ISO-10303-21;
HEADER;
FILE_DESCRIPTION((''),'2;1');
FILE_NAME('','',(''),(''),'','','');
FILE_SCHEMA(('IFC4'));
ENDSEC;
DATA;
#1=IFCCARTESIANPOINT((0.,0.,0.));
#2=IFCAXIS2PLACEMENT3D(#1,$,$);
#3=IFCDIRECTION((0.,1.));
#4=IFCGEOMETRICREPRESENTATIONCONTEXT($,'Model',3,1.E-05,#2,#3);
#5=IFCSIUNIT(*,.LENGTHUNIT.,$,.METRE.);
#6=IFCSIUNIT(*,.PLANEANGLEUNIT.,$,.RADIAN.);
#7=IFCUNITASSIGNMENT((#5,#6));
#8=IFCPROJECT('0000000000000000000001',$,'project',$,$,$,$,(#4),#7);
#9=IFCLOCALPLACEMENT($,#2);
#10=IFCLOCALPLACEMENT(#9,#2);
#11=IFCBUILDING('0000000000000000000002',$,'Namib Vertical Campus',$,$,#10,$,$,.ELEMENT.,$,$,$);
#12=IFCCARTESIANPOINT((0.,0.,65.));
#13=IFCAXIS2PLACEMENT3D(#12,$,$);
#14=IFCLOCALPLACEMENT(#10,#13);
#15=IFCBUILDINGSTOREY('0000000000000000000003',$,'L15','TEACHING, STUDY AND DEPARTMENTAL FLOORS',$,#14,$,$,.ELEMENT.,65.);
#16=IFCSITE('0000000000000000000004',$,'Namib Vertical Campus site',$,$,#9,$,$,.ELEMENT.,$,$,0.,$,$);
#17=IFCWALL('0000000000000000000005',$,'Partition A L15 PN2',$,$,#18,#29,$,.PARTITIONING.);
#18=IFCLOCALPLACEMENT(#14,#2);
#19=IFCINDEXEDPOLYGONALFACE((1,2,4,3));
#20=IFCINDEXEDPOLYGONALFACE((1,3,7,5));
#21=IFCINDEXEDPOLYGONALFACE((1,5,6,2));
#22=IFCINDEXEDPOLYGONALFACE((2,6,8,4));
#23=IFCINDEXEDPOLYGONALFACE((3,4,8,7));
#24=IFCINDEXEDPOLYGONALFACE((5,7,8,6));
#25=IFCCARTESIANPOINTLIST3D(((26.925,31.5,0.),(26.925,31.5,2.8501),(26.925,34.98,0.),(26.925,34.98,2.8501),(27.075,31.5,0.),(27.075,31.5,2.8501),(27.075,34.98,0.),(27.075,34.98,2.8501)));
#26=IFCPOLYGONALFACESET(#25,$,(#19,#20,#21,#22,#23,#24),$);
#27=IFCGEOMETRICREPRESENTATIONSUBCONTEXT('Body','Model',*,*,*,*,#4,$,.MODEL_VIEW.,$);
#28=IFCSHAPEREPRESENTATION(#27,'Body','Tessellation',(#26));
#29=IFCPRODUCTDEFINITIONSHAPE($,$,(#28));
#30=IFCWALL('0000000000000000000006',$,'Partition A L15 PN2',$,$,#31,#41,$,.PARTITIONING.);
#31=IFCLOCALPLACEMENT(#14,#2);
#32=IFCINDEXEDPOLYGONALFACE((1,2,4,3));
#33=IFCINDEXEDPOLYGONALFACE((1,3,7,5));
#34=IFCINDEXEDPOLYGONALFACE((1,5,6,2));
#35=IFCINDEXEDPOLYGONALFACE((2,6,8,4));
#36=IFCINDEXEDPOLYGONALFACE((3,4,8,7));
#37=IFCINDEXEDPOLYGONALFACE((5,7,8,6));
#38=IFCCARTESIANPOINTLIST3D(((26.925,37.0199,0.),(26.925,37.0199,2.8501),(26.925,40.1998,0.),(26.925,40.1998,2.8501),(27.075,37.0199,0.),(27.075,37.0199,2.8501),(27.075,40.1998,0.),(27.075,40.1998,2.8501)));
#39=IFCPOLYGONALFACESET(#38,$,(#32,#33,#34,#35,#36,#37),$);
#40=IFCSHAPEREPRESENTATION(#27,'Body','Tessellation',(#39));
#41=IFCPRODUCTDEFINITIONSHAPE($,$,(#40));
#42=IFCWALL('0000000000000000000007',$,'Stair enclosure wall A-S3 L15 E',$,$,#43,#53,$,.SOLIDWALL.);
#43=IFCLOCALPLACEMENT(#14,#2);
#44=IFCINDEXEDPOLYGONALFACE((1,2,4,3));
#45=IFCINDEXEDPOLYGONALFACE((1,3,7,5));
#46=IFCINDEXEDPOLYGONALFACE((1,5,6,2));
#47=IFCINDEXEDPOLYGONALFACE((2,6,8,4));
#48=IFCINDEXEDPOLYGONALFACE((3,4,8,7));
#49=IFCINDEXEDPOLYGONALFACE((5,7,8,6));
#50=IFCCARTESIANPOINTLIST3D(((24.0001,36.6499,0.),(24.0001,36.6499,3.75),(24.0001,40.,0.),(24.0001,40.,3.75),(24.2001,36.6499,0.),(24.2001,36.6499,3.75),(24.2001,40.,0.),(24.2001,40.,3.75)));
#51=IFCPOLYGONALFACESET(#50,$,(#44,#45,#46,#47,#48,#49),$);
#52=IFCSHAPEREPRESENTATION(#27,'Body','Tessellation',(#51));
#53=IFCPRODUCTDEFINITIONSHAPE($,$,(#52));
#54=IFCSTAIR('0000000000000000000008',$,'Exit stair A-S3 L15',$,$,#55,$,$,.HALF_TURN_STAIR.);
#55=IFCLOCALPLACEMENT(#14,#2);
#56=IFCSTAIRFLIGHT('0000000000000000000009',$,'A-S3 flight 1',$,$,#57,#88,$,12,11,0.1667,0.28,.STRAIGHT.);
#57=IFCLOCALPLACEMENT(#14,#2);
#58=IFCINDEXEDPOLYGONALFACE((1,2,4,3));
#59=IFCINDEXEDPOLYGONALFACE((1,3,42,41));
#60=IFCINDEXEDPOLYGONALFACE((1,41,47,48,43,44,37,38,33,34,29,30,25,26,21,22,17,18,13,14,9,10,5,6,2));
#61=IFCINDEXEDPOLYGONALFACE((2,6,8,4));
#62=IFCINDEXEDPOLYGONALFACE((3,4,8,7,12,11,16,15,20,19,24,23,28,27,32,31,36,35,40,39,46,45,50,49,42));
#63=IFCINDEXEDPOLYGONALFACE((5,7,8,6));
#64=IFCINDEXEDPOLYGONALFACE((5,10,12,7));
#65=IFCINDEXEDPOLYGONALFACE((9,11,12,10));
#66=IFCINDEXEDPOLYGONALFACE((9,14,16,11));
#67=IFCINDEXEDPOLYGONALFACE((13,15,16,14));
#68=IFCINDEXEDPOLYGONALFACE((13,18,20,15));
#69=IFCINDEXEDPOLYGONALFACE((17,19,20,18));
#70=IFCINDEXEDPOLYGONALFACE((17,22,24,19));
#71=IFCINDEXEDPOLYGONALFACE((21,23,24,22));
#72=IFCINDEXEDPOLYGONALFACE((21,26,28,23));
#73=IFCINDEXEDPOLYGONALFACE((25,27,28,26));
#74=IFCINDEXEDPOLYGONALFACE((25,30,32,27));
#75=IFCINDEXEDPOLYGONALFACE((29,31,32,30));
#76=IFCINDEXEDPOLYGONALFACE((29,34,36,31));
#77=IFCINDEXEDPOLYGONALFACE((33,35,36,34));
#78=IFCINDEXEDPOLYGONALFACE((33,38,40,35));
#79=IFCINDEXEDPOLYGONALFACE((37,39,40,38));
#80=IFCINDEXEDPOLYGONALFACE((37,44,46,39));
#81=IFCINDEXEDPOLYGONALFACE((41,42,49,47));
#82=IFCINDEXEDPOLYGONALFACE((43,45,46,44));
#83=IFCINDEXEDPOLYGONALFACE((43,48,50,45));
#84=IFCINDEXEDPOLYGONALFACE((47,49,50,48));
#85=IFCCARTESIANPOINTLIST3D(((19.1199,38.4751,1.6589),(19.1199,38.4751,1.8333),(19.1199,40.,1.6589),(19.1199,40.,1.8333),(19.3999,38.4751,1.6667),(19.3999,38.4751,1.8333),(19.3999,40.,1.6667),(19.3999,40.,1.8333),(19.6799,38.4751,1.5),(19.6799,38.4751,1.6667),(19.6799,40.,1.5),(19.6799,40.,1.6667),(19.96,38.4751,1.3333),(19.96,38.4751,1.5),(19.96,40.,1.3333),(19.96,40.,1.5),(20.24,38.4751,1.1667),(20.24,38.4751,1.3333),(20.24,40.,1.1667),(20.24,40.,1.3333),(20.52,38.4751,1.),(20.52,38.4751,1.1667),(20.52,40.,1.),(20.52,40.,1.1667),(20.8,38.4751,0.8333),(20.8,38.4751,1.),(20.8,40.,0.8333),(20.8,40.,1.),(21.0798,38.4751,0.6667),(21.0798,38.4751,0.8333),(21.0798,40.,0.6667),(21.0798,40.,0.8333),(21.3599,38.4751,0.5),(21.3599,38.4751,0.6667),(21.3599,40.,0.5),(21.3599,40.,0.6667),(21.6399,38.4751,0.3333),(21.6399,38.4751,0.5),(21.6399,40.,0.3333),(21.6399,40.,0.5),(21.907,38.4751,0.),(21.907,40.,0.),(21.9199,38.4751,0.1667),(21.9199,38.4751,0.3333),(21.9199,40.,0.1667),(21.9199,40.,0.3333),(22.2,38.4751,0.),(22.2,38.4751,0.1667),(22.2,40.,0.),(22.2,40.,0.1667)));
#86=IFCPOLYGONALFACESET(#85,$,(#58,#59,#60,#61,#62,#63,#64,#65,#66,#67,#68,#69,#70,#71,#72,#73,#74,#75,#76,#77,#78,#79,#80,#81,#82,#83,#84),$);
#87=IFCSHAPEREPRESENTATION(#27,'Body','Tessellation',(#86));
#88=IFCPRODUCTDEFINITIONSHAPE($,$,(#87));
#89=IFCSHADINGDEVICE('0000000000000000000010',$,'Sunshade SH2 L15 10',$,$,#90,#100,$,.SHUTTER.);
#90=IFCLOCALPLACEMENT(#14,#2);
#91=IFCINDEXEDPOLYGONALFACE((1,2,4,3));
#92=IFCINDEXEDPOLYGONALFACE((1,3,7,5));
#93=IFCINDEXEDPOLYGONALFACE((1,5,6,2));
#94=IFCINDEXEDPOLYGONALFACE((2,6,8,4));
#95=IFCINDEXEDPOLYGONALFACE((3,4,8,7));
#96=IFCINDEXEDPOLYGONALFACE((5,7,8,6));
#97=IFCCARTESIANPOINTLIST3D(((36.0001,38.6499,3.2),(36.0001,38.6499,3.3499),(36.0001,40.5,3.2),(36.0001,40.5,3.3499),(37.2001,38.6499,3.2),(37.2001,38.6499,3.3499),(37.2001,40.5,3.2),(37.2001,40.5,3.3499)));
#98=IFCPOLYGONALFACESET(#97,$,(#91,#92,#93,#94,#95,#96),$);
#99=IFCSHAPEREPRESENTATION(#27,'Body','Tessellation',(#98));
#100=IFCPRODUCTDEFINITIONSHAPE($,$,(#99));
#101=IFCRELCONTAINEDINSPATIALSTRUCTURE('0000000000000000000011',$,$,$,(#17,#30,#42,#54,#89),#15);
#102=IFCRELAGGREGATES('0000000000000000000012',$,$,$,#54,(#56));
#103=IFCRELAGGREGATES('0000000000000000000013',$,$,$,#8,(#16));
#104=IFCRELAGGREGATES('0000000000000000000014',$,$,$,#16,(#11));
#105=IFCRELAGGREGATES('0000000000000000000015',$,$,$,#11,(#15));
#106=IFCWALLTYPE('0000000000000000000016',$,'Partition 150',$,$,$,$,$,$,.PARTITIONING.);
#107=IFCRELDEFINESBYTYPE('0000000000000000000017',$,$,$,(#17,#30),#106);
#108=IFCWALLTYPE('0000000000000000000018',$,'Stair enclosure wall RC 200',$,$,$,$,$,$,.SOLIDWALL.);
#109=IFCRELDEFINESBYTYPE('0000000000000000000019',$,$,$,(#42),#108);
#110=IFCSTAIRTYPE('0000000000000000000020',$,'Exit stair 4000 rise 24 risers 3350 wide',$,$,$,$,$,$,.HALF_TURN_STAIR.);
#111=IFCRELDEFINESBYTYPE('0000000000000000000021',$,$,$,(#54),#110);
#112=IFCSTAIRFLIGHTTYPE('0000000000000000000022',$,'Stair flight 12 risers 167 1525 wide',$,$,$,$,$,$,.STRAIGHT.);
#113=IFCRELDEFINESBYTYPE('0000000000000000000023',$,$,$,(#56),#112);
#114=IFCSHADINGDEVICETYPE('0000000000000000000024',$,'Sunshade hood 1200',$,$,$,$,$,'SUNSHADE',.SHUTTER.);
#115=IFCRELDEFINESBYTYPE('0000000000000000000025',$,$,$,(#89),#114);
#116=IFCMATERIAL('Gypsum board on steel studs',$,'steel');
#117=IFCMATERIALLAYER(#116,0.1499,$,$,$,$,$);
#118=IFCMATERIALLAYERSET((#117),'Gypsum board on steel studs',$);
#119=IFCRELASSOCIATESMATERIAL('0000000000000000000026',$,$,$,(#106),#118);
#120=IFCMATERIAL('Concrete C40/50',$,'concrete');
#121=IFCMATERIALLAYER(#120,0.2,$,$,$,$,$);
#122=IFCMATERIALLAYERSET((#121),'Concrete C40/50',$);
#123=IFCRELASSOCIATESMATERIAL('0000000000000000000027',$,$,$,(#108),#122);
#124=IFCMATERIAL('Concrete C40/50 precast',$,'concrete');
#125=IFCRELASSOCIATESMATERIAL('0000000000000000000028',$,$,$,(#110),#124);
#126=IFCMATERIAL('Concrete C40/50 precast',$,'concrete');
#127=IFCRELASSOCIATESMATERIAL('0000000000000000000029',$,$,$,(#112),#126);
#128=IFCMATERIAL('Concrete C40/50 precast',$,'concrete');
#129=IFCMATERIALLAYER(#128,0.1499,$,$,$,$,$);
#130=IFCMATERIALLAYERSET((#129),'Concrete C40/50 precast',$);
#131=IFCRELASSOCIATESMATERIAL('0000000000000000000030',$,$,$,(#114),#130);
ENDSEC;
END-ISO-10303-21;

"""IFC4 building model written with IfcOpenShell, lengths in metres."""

from ifc_helpers import new_model, si_unit, direction, frame, frame_2d, origin, origin_2d, place, context, subcontext, project, spatial, polyline, rectangle, outline, extrude, material, layer, layer_set, type_object, element, aggregate, save


model = new_model("IFC4")

# Units and contexts
model_context = context("Model", 3, precision=1e-05, world=origin(), true_north=direction((0.0, 1.0)))
body_context = subcontext(model_context, "Body", "Model", "MODEL_VIEW")
ifc_project = project(units=[si_unit("LENGTHUNIT", "METRE"), si_unit("PLANEANGLEUNIT", "RADIAN")], contexts=[model_context])

# Site, building, storey
site_placement = place(None, origin())
site = spatial("IfcSite", under=ifc_project, at=site_placement, Name="Namib Vertical Campus site", CompositionType="ELEMENT", RefElevation=0.0)
building_placement = place(site_placement, origin())
building = spatial("IfcBuilding", under=site, at=building_placement, Name="Namib Vertical Campus", CompositionType="ELEMENT")
storey_placement = place(building_placement, frame((0.0, 0.0, 65.0)))
storey = spatial("IfcBuildingStorey", under=building, at=storey_placement, Name="L15", Description="TEACHING, STUDY AND DEPARTMENTAL FLOORS", CompositionType="ELEMENT", Elevation=65.0)

# Walls
ifc_material_1 = material(Name="Gypsum board on steel studs", Category="steel")
ifc_layer_1 = layer(ifc_material_1, 0.1499)
ifc_layer_set_1 = layer_set([ifc_layer_1], Name="Gypsum board on steel studs")
wall_type_1 = type_object("IfcWallType", Name="Partition 150", PredefinedType="PARTITIONING", material=ifc_layer_set_1)
wall_1_placement = place(storey_placement, frame((27.0, 31.5, 0.0), z_axis=(0.0, 0.0, 1.0), x_axis=(0.0, 1.0, 0.0)))
element("IfcWall", 1, at=wall_1_placement, inside=storey, type_object=wall_type_1, Name="Partition A L15 PN2", PredefinedType="PARTITIONING", context=body_context, shape_type="SweptSolid", body=[
    extrude(rectangle(XDim=3.48, YDim=0.1499, at=frame_2d((1.74, 0.0))), origin(), (0.0, 0.0, 1.0), 2.8501),
])
wall_2_placement = place(storey_placement, frame((27.0, 37.02, 0.0), z_axis=(0.0, 0.0, 1.0), x_axis=(0.0, 1.0, 0.0)))
element("IfcWall", 2, at=wall_2_placement, inside=storey, type_object=wall_type_1, Name="Partition A L15 PN2", PredefinedType="PARTITIONING", context=body_context, shape_type="SweptSolid", body=[
    extrude(rectangle(XDim=3.1799, YDim=0.1499, at=frame_2d((1.5898, 0.0))), origin(), (0.0, 0.0, 1.0), 2.8501),
])
ifc_material_2 = material(Name="Concrete C40/50", Category="concrete")
ifc_layer_2 = layer(ifc_material_2, 0.2)
ifc_layer_set_2 = layer_set([ifc_layer_2], Name="Concrete C40/50")
wall_type_2 = type_object("IfcWallType", Name="Stair enclosure wall RC 200", PredefinedType="SOLIDWALL", material=ifc_layer_set_2)
wall_3_placement = place(storey_placement, frame((24.1001, 36.6499, 0.0), z_axis=(0.0, 0.0, 1.0), x_axis=(0.0, 1.0, 0.0)))
element("IfcWall", 3, at=wall_3_placement, inside=storey, type_object=wall_type_2, Name="Stair enclosure wall A-S3 L15 E", PredefinedType="SOLIDWALL", context=body_context, shape_type="SweptSolid", body=[
    extrude(rectangle(XDim=3.3501, YDim=0.2, at=frame_2d((1.675, 0.0))), origin(), (0.0, 0.0, 1.0), 3.75),
])

# Stair, stair flight
ifc_material_3 = material(Name="Concrete C40/50 precast", Category="concrete")
stair_type = type_object("IfcStairType", Name="Exit stair 4000 rise 24 risers 3350 wide", PredefinedType="HALF_TURN_STAIR", material=ifc_material_3)
stair_placement = place(storey_placement, origin())
stair = element("IfcStair", 4, at=stair_placement, inside=storey, type_object=stair_type, Name="Exit stair A-S3 L15", PredefinedType="HALF_TURN_STAIR")
ifc_material_4 = material(Name="Concrete C40/50 precast", Category="concrete")
stair_flight_type = type_object("IfcStairFlightType", Name="Stair flight 12 risers 167 1525 wide", PredefinedType="STRAIGHT", material=ifc_material_4)
stair_flight_placement = place(storey_placement, frame((22.2, 39.2375, 0.0), z_axis=(0.0, 0.0, 1.0), x_axis=(-1.0, 0.0, 0.0)))
stair_flight = element("IfcStairFlight", 5, at=stair_flight_placement, type_object=stair_flight_type, Name="A-S3 flight 1", NumberOfRisers=12, NumberOfTreads=11, PredefinedType="STRAIGHT", RiserHeight=0.1667, TreadLength=0.28, context=body_context, shape_type="SweptSolid", body=[
    extrude(outline(polyline([(0.0, 0.0), (0.0, 0.1667), (0.28, 0.1667), (0.28, 0.3333), (0.5601, 0.3333), (0.5601, 0.5), (0.8401, 0.5), (0.8401, 0.6667), (1.1201, 0.6667), (1.1201, 0.8333), (1.3999, 0.8333), (1.3999, 1.0), (1.6799, 1.0), (1.6799, 1.1667), (1.96, 1.1667), (1.96, 1.3333), (2.24, 1.3333), (2.24, 1.5), (2.52, 1.5), (2.52, 1.6667), (2.8, 1.6667), (2.8, 1.8333), (3.0801, 1.8333), (3.0801, 2.0), (3.0801, 1.6589), (0.293, 0.0), (0.0, 0.0)])), frame((0.0, 0.7625, 0.0), z_axis=(0.0, -1.0, 0.0), x_axis=(1.0, 0.0, 0.0)), (0.0, 0.0, 1.0), 1.5249),
])
aggregate(stair, [stair_flight])

# Shading device
ifc_material_5 = material(Name="Concrete C40/50 precast", Category="concrete")
ifc_layer_3 = layer(ifc_material_5, 0.1499)
ifc_layer_set_3 = layer_set([ifc_layer_3], Name="Concrete C40/50 precast")
shading_device_type = type_object("IfcShadingDeviceType", Name="Sunshade hood 1200", ElementType="SUNSHADE", PredefinedType="SHUTTER", material=ifc_layer_set_3)
shading_device_placement = place(storey_placement, frame((36.6001, 39.575, 3.2), z_axis=(0.0, 0.0, 1.0), x_axis=(0.0, 1.0, 0.0)))
element("IfcShadingDevice", 6, at=shading_device_placement, inside=storey, type_object=shading_device_type, Name="Sunshade SH2 L15 10", PredefinedType="SHUTTER", context=body_context, shape_type="SweptSolid", body=[
    extrude(rectangle(XDim=1.8501, YDim=1.2, at=origin_2d()), origin(), (0.0, 0.0, 1.0), 0.1499),
])

save(model, "model.ifc")
